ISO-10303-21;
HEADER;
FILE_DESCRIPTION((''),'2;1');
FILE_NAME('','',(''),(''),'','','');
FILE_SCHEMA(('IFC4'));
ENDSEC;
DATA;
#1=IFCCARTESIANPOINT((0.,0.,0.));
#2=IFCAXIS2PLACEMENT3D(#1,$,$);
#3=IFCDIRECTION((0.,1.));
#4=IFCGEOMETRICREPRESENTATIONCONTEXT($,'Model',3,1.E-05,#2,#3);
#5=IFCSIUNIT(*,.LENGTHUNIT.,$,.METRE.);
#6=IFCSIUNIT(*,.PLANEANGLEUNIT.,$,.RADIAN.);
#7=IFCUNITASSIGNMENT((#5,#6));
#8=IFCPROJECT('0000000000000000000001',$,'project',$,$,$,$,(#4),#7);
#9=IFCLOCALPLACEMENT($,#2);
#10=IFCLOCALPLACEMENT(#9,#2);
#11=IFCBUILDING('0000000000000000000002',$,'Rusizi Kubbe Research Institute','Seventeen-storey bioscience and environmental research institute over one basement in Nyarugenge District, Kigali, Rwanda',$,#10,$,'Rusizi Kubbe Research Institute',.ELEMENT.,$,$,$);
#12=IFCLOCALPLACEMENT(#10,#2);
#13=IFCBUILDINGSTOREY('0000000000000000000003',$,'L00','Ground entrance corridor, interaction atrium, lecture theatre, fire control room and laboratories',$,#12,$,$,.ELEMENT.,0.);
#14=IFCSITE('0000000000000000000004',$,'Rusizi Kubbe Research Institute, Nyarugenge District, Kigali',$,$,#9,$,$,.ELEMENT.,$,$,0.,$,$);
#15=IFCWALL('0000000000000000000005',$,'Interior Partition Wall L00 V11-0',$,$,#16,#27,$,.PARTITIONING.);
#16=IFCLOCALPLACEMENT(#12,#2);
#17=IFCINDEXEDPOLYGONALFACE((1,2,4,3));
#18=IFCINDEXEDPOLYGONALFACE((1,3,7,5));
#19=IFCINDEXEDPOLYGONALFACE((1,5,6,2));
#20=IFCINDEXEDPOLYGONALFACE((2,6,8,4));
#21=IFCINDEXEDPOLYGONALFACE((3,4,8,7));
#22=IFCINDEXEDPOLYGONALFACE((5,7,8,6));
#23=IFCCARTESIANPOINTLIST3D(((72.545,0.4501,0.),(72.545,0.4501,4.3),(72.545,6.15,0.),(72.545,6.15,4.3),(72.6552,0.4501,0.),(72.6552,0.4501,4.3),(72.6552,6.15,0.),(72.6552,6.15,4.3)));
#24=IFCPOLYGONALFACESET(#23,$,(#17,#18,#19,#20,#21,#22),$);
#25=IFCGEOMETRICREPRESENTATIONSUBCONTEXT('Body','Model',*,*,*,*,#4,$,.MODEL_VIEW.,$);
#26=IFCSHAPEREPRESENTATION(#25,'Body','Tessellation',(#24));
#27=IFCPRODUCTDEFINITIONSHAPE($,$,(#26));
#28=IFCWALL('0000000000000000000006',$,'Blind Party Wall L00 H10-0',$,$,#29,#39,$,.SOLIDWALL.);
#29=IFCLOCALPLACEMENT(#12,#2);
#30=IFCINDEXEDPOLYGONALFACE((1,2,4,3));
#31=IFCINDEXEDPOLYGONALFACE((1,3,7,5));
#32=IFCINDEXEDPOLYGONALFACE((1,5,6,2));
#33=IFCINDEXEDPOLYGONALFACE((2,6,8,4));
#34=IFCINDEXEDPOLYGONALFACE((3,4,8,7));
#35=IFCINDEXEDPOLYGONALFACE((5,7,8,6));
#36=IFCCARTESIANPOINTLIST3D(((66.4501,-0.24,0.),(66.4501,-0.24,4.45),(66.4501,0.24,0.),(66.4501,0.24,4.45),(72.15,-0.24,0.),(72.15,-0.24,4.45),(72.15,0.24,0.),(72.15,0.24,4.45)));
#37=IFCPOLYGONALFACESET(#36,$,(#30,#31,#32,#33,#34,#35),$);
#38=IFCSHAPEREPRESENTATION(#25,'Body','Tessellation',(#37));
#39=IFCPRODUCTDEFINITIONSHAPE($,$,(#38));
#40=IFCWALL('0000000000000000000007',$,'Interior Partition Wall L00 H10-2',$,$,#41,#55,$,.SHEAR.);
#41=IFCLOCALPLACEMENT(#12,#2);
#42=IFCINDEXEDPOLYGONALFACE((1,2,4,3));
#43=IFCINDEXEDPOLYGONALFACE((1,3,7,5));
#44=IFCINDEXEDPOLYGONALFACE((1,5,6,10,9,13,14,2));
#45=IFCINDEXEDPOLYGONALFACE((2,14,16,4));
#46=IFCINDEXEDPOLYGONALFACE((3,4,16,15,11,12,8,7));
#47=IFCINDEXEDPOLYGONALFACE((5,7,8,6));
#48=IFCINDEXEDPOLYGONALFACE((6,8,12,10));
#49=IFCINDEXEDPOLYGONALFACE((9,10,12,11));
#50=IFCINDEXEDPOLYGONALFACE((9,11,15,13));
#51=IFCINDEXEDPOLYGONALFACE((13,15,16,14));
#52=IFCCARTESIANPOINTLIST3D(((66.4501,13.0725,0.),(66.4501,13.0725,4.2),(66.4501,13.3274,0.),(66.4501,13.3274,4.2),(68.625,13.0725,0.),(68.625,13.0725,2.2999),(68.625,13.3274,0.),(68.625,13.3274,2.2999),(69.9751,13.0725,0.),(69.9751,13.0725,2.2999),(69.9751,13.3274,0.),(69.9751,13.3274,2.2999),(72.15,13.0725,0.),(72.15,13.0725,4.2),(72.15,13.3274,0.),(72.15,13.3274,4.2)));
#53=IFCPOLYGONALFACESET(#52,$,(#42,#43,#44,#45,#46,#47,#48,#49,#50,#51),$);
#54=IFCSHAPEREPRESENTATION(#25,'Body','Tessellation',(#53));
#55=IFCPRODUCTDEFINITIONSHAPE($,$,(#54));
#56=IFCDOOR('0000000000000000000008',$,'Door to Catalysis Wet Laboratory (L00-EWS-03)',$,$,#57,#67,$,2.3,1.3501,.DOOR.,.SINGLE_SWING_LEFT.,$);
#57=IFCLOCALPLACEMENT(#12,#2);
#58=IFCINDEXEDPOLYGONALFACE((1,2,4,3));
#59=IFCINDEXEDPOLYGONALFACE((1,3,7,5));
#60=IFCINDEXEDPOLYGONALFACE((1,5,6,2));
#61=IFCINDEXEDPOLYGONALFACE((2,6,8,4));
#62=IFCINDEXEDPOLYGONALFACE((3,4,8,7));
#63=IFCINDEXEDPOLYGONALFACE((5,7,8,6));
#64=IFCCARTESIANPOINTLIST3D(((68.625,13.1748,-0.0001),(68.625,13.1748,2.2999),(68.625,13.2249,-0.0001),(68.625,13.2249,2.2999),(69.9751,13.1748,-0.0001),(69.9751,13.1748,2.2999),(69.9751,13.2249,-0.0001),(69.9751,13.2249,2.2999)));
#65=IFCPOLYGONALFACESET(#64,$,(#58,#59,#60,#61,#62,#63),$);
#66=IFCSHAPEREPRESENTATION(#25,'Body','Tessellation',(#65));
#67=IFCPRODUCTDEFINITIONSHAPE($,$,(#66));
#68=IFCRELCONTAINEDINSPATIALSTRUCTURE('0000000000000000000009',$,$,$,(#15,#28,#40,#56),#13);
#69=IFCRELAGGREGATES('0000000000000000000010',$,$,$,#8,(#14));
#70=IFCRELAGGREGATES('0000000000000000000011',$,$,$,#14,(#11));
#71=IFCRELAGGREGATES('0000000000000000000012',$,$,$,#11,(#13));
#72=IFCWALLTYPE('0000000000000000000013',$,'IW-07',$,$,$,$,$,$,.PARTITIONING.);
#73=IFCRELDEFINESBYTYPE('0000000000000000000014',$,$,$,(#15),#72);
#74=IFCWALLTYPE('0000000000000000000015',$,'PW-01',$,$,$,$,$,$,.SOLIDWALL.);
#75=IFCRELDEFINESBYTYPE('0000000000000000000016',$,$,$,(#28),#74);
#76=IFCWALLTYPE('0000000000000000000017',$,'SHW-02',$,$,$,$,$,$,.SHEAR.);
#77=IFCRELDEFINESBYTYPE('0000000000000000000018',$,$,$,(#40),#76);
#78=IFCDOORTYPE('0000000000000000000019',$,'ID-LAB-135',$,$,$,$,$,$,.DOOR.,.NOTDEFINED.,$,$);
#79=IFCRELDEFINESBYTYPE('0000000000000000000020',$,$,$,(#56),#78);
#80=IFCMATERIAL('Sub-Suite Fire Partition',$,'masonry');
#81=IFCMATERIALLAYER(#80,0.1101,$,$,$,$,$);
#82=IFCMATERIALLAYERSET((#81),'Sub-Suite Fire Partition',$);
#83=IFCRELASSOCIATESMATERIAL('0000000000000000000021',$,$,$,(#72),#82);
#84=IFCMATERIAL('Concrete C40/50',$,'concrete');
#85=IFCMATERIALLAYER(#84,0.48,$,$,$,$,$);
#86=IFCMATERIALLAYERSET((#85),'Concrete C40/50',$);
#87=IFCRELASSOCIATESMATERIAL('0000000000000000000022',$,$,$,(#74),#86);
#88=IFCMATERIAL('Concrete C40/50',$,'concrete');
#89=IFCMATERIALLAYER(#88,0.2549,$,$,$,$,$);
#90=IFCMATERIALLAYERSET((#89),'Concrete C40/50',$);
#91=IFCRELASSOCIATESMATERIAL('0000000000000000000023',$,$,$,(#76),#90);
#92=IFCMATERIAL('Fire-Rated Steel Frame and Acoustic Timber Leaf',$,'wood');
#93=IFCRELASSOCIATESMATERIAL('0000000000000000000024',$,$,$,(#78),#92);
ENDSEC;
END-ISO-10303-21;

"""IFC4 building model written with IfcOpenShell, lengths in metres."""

from ifc_helpers import new_model, si_unit, direction, frame, frame_2d, origin, place, context, subcontext, project, spatial, rectangle, extrude, material, layer, layer_set, type_object, element, fill, save


model = new_model("IFC4")

# Units and contexts
model_context = context("Model", 3, precision=1e-05, world=origin(), true_north=direction((0.0, 1.0)))
body_context = subcontext(model_context, "Body", "Model", "MODEL_VIEW")
ifc_project = project(units=[si_unit("LENGTHUNIT", "METRE"), si_unit("PLANEANGLEUNIT", "RADIAN")], contexts=[model_context])

# Site, building, storey
site_placement = place(None, origin())
site = spatial("IfcSite", under=ifc_project, at=site_placement, Name="Rusizi Kubbe Research Institute, Nyarugenge District, Kigali", CompositionType="ELEMENT", RefElevation=0.0)
building_placement = place(site_placement, origin())
building = spatial("IfcBuilding", under=site, at=building_placement, Name="Rusizi Kubbe Research Institute", Description="Seventeen-storey bioscience and environmental research institute over one basement in Nyarugenge District, Kigali, Rwanda", LongName="Rusizi Kubbe Research Institute", CompositionType="ELEMENT")
storey_placement = place(building_placement, origin())
storey = spatial("IfcBuildingStorey", under=building, at=storey_placement, Name="L00", Description="Ground entrance corridor, interaction atrium, lecture theatre, fire control room and laboratories", CompositionType="ELEMENT", Elevation=0.0)

# Walls
ifc_material_1 = material(Name="Sub-Suite Fire Partition", Category="masonry")
ifc_layer_1 = layer(ifc_material_1, 0.1101)
ifc_layer_set_1 = layer_set([ifc_layer_1], Name="Sub-Suite Fire Partition")
wall_type_1 = type_object("IfcWallType", Name="IW-07", PredefinedType="PARTITIONING", material=ifc_layer_set_1)
for number, where, z_axis, x_axis, name in (
    (1, (72.6001, 0.45, 0.0), (0.0, 0.0, 1.0), (0.0, 1.0, 0.0), "Interior Partition Wall L00 V11-0"),
):
    element("IfcWall", number, at=place(storey_placement, frame(where, z_axis=z_axis, x_axis=x_axis)), inside=storey, type_object=wall_type_1, Name=name, PredefinedType="PARTITIONING", context=body_context, shape_type="SweptSolid", body=[
        extrude(rectangle(XDim=5.7, YDim=0.1101, at=frame_2d((2.8501, 0.0))), origin(), (0.0, 0.0, 1.0), 4.3),
    ])
ifc_material_2 = material(Name="Concrete C40/50", Category="concrete")
ifc_layer_2 = layer(ifc_material_2, 0.48)
ifc_layer_set_2 = layer_set([ifc_layer_2], Name="Concrete C40/50")
wall_type_2 = type_object("IfcWallType", Name="PW-01", PredefinedType="SOLIDWALL", material=ifc_layer_set_2)
wall_1_placement = place(storey_placement, frame((66.45, 0.0, 0.0), z_axis=(0.0, 0.0, 1.0), x_axis=(1.0, 0.0, 0.0)))
element("IfcWall", 2, at=wall_1_placement, inside=storey, type_object=wall_type_2, Name="Blind Party Wall L00 H10-0", PredefinedType="SOLIDWALL", context=body_context, shape_type="SweptSolid", body=[
    extrude(rectangle(XDim=5.7, YDim=0.48, at=frame_2d((2.8501, 0.0))), origin(), (0.0, 0.0, 1.0), 4.45),
])

# Wall, opening, door
ifc_material_3 = material(Name="Concrete C40/50", Category="concrete")
ifc_layer_3 = layer(ifc_material_3, 0.2549)
ifc_layer_set_3 = layer_set([ifc_layer_3], Name="Concrete C40/50")
wall_type_3 = type_object("IfcWallType", Name="SHW-02", PredefinedType="SHEAR", material=ifc_layer_set_3)
wall_2_placement = place(storey_placement, frame((66.45, 13.2, 0.0), z_axis=(0.0, 0.0, 1.0), x_axis=(1.0, 0.0, 0.0)))
wall_2 = element("IfcWall", 3, at=wall_2_placement, inside=storey, type_object=wall_type_3, Name="Interior Partition Wall L00 H10-2", PredefinedType="SHEAR", context=body_context, shape_type="SweptSolid", body=[
    extrude(rectangle(XDim=5.7, YDim=0.2549, at=frame_2d((2.8501, 0.0))), origin(), (0.0, 0.0, 1.0), 4.2),
])
opening_placement = place(wall_2_placement, frame((2.175, 0.0, 0.0)))
opening = element("IfcOpeningElement", 4, at=opening_placement, cuts=wall_2, PredefinedType="OPENING", context=body_context, shape_type="SweptSolid", body=[
    extrude(rectangle(XDim=1.3501, YDim=2.3, at=frame_2d((0.675, 1.1499))), frame((0.0, 0.1375, 0.0), z_axis=(0.0, -1.0, 0.0), x_axis=(1.0, 0.0, 0.0)), (0.0, 0.0, 1.0), 0.2749),
])
ifc_material_4 = material(Name="Fire-Rated Steel Frame and Acoustic Timber Leaf", Category="wood")
door_type = type_object("IfcDoorType", Name="ID-LAB-135", OperationType="NOTDEFINED", PredefinedType="DOOR", material=ifc_material_4)
door_placement = place(opening_placement, origin())
door = element("IfcDoor", 5, at=door_placement, inside=storey, type_object=door_type, Name="Door to Catalysis Wet Laboratory (L00-EWS-03)", OperationType="SINGLE_SWING_LEFT", OverallHeight=2.3, OverallWidth=1.3501, PredefinedType="DOOR", context=body_context, shape_type="SweptSolid", body=[
    extrude(rectangle(XDim=1.3501, YDim=2.3, at=frame_2d((0.675, 1.1499))), frame((0.0, 0.0249, 0.0), z_axis=(0.0, -1.0, 0.0), x_axis=(1.0, 0.0, 0.0)), (0.0, 0.0, 1.0), 0.05),
])
fill(opening, door)

save(model, "model.ifc")
